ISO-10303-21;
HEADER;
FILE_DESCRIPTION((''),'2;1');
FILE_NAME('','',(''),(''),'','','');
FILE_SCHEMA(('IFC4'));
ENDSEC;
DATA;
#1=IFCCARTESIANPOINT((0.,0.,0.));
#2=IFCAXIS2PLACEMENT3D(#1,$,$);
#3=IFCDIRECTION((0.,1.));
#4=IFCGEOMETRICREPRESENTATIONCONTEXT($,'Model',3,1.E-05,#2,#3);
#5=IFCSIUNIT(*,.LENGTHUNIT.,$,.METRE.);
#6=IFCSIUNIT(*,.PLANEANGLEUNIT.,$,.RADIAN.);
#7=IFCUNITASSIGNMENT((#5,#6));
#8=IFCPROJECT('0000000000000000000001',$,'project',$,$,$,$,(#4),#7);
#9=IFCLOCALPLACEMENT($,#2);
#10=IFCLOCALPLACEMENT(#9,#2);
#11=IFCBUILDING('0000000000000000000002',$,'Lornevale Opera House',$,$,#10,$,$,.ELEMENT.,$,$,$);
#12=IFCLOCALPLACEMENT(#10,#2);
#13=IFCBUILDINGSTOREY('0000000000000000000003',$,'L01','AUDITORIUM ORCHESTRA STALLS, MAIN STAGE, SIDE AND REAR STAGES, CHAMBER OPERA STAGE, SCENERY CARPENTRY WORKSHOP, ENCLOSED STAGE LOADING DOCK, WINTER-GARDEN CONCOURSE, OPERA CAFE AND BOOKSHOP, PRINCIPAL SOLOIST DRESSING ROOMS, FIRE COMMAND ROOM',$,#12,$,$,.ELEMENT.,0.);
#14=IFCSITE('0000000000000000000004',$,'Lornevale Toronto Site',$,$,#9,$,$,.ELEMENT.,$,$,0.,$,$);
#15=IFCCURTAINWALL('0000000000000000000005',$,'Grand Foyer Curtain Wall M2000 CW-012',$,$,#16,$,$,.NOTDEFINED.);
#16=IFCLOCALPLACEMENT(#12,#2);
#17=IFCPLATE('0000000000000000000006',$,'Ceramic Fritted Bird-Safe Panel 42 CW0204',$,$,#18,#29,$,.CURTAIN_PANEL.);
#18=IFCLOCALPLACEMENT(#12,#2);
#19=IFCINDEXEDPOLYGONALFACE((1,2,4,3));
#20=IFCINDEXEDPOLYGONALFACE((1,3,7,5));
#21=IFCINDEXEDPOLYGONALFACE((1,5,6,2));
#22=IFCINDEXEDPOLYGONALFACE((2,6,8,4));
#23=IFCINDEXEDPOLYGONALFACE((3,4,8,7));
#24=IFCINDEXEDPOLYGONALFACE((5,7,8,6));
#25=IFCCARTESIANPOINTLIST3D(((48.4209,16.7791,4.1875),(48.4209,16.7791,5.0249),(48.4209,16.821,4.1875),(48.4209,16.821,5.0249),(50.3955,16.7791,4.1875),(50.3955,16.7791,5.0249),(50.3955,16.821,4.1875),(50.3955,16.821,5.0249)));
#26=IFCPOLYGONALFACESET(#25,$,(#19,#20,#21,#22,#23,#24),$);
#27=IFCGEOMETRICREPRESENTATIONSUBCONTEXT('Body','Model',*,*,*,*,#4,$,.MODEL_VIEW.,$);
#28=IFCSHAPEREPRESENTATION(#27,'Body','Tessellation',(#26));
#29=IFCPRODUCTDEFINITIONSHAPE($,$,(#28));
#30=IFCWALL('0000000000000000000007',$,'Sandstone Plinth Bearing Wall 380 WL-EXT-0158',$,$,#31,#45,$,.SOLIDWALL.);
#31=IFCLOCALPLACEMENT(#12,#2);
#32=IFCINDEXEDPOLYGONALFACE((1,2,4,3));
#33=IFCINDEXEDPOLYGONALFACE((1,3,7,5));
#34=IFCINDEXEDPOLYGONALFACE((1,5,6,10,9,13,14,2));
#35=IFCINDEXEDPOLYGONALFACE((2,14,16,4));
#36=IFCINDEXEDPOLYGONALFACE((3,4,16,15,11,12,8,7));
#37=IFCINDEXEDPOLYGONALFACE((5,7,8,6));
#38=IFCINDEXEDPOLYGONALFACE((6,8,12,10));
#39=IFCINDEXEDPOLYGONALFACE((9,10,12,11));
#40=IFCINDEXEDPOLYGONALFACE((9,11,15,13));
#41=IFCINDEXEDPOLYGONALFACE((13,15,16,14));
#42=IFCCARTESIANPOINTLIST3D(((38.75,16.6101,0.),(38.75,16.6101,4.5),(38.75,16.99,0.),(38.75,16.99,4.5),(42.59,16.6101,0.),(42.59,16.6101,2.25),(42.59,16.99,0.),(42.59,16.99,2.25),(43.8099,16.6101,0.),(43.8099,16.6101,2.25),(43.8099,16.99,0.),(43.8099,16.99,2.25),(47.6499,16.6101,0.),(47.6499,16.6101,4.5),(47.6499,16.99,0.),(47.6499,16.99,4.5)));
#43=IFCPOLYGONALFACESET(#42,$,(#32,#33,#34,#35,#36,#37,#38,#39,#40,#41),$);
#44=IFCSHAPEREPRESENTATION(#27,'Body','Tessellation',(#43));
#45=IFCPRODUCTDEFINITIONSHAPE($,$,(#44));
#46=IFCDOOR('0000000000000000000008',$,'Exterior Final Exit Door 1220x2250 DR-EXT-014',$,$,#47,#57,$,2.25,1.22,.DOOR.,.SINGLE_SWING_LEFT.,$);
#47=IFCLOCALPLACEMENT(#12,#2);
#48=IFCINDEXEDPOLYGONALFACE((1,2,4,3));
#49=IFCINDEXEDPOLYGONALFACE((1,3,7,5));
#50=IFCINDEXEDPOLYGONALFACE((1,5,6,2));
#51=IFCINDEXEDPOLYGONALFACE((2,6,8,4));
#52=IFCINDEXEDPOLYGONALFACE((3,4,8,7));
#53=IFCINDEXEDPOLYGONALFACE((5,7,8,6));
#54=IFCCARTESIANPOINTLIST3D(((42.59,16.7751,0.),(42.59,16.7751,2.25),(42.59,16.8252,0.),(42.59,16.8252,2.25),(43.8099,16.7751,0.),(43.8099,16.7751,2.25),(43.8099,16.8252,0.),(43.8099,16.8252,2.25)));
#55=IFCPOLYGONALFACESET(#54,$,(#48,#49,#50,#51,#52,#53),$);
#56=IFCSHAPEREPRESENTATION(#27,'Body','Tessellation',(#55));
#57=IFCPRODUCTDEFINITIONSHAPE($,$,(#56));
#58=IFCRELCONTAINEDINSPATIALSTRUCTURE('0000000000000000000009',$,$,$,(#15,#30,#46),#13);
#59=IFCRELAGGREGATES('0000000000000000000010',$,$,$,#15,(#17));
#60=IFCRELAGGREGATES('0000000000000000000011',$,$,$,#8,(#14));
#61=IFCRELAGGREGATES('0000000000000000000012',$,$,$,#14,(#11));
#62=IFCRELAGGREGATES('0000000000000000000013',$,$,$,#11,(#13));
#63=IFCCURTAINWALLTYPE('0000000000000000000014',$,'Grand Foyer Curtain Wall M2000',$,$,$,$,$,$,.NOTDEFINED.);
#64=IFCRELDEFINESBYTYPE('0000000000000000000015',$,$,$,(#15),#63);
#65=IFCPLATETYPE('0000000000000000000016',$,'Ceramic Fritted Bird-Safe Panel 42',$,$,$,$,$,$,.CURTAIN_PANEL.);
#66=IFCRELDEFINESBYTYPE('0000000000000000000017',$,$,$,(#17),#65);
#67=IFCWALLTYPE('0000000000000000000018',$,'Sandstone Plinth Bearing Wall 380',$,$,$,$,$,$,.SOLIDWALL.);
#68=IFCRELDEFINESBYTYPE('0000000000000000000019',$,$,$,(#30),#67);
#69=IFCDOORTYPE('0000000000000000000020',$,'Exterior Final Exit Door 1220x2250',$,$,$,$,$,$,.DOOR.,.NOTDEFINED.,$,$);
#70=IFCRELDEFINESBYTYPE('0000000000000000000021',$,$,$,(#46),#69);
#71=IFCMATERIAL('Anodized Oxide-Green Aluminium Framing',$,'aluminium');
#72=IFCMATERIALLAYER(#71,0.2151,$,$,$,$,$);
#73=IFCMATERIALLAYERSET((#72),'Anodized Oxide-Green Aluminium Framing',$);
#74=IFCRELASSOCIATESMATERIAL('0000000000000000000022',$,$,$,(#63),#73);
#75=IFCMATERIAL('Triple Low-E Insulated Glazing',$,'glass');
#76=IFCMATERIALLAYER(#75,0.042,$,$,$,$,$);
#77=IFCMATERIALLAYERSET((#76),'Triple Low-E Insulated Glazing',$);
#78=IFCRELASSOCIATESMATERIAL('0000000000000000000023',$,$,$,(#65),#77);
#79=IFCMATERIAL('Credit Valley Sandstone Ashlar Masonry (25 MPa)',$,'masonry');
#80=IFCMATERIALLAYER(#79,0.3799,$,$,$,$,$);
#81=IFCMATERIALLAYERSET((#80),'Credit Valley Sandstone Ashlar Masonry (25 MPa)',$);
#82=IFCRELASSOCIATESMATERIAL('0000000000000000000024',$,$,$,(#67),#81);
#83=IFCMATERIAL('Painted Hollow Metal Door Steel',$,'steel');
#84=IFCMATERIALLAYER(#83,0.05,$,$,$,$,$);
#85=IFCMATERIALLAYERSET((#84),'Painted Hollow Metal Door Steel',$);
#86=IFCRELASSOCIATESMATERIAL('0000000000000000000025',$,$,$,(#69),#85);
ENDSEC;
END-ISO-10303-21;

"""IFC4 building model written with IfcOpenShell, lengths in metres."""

from ifc_helpers import new_model, si_unit, direction, frame, frame_2d, origin, origin_2d, place, context, subcontext, project, spatial, rectangle, extrude, material, layer, layer_set, type_object, element, fill, aggregate, save


model = new_model("IFC4")

# Units and contexts
model_context = context("Model", 3, precision=1e-05, world=origin(), true_north=direction((0.0, 1.0)))
body_context = subcontext(model_context, "Body", "Model", "MODEL_VIEW")
ifc_project = project(units=[si_unit("LENGTHUNIT", "METRE"), si_unit("PLANEANGLEUNIT", "RADIAN")], contexts=[model_context])

# Site, building, storey
site_placement = place(None, origin())
site = spatial("IfcSite", under=ifc_project, at=site_placement, Name="Lornevale Toronto Site", CompositionType="ELEMENT", RefElevation=0.0)
building_placement = place(site_placement, origin())
building = spatial("IfcBuilding", under=site, at=building_placement, Name="Lornevale Opera House", CompositionType="ELEMENT")
storey_placement = place(building_placement, origin())
storey = spatial("IfcBuildingStorey", under=building, at=storey_placement, Name="L01", Description="AUDITORIUM ORCHESTRA STALLS, MAIN STAGE, SIDE AND REAR STAGES, CHAMBER OPERA STAGE, SCENERY CARPENTRY WORKSHOP, ENCLOSED STAGE LOADING DOCK, WINTER-GARDEN CONCOURSE, OPERA CAFE AND BOOKSHOP, PRINCIPAL SOLOIST DRESSING ROOMS, FIRE COMMAND ROOM", CompositionType="ELEMENT", Elevation=0.0)

# Curtain wall, plate
ifc_material_1 = material(Name="Anodized Oxide-Green Aluminium Framing", Category="aluminium")
ifc_layer_1 = layer(ifc_material_1, 0.2151)
ifc_layer_set_1 = layer_set([ifc_layer_1], Name="Anodized Oxide-Green Aluminium Framing")
curtain_wall_type = type_object("IfcCurtainWallType", Name="Grand Foyer Curtain Wall M2000", PredefinedType="NOTDEFINED", material=ifc_layer_set_1)
curtain_wall_placement = place(storey_placement, origin())
curtain_wall = element("IfcCurtainWall", 1, at=curtain_wall_placement, inside=storey, type_object=curtain_wall_type, Name="Grand Foyer Curtain Wall M2000 CW-012", PredefinedType="NOTDEFINED")
ifc_material_2 = material(Name="Triple Low-E Insulated Glazing", Category="glass")
ifc_layer_2 = layer(ifc_material_2, 0.042)
ifc_layer_set_2 = layer_set([ifc_layer_2], Name="Triple Low-E Insulated Glazing")
plate_type = type_object("IfcPlateType", Name="Ceramic Fritted Bird-Safe Panel 42", PredefinedType="CURTAIN_PANEL", material=ifc_layer_set_2)
plate_1_placement = place(storey_placement, frame((49.4082, 16.8, 4.1875), z_axis=(0.0, 0.0, 1.0), x_axis=(-1.0, 0.0, 0.0)))
plate_1 = element("IfcPlate", 2, at=plate_1_placement, type_object=plate_type, Name="Ceramic Fritted Bird-Safe Panel 42 CW0204", PredefinedType="CURTAIN_PANEL", context=body_context, shape_type="SweptSolid", body=[
    extrude(rectangle(XDim=1.9746, YDim=0.042, at=origin_2d()), origin(), (0.0, 0.0, 1.0), 0.8374),
])
aggregate(curtain_wall, [plate_1])

# Wall, opening, door
ifc_material_3 = material(Name="Credit Valley Sandstone Ashlar Masonry (25 MPa)", Category="masonry")
ifc_layer_3 = layer(ifc_material_3, 0.3799)
ifc_layer_set_3 = layer_set([ifc_layer_3], Name="Credit Valley Sandstone Ashlar Masonry (25 MPa)")
wall_type = type_object("IfcWallType", Name="Sandstone Plinth Bearing Wall 380", PredefinedType="SOLIDWALL", material=ifc_layer_set_3)
wall_placement = place(storey_placement, frame((47.6499, 16.8, 0.0), z_axis=(0.0, 0.0, 1.0), x_axis=(-1.0, 0.0, 0.0)))
wall = element("IfcWall", 3, at=wall_placement, inside=storey, type_object=wall_type, Name="Sandstone Plinth Bearing Wall 380 WL-EXT-0158", PredefinedType="SOLIDWALL", context=body_context, shape_type="SweptSolid", body=[
    extrude(rectangle(XDim=8.8999, YDim=0.3799, at=frame_2d((4.45, 0.0))), origin(), (0.0, 0.0, 1.0), 4.5),
])
opening_placement = place(wall_placement, frame((3.8401, 0.0, 0.0)))
opening = element("IfcOpeningElement", 4, at=opening_placement, cuts=wall, PredefinedType="OPENING", context=body_context, shape_type="SweptSolid", body=[
    extrude(rectangle(XDim=1.22, YDim=2.25, at=frame_2d((0.6099, 1.125))), frame((0.0, 0.2, 0.0), z_axis=(0.0, -1.0, 0.0), x_axis=(1.0, 0.0, 0.0)), (0.0, 0.0, 1.0), 0.3999),
])
ifc_material_4 = material(Name="Painted Hollow Metal Door Steel", Category="steel")
ifc_layer_4 = layer(ifc_material_4, 0.05)
ifc_layer_set_4 = layer_set([ifc_layer_4], Name="Painted Hollow Metal Door Steel")
door_type = type_object("IfcDoorType", Name="Exterior Final Exit Door 1220x2250", OperationType="NOTDEFINED", PredefinedType="DOOR", material=ifc_layer_set_4)
door_placement = place(opening_placement, origin())
door = element("IfcDoor", 5, at=door_placement, inside=storey, type_object=door_type, Name="Exterior Final Exit Door 1220x2250 DR-EXT-014", OperationType="SINGLE_SWING_LEFT", OverallHeight=2.25, OverallWidth=1.22, PredefinedType="DOOR", context=body_context, shape_type="SweptSolid", body=[
    extrude(rectangle(XDim=1.22, YDim=2.25, at=frame_2d((0.6099, 1.125))), frame((0.0, 0.0249, 0.0), z_axis=(0.0, -1.0, 0.0), x_axis=(1.0, 0.0, 0.0)), (0.0, 0.0, 1.0), 0.05),
])
fill(opening, door)

save(model, "model.ifc")
